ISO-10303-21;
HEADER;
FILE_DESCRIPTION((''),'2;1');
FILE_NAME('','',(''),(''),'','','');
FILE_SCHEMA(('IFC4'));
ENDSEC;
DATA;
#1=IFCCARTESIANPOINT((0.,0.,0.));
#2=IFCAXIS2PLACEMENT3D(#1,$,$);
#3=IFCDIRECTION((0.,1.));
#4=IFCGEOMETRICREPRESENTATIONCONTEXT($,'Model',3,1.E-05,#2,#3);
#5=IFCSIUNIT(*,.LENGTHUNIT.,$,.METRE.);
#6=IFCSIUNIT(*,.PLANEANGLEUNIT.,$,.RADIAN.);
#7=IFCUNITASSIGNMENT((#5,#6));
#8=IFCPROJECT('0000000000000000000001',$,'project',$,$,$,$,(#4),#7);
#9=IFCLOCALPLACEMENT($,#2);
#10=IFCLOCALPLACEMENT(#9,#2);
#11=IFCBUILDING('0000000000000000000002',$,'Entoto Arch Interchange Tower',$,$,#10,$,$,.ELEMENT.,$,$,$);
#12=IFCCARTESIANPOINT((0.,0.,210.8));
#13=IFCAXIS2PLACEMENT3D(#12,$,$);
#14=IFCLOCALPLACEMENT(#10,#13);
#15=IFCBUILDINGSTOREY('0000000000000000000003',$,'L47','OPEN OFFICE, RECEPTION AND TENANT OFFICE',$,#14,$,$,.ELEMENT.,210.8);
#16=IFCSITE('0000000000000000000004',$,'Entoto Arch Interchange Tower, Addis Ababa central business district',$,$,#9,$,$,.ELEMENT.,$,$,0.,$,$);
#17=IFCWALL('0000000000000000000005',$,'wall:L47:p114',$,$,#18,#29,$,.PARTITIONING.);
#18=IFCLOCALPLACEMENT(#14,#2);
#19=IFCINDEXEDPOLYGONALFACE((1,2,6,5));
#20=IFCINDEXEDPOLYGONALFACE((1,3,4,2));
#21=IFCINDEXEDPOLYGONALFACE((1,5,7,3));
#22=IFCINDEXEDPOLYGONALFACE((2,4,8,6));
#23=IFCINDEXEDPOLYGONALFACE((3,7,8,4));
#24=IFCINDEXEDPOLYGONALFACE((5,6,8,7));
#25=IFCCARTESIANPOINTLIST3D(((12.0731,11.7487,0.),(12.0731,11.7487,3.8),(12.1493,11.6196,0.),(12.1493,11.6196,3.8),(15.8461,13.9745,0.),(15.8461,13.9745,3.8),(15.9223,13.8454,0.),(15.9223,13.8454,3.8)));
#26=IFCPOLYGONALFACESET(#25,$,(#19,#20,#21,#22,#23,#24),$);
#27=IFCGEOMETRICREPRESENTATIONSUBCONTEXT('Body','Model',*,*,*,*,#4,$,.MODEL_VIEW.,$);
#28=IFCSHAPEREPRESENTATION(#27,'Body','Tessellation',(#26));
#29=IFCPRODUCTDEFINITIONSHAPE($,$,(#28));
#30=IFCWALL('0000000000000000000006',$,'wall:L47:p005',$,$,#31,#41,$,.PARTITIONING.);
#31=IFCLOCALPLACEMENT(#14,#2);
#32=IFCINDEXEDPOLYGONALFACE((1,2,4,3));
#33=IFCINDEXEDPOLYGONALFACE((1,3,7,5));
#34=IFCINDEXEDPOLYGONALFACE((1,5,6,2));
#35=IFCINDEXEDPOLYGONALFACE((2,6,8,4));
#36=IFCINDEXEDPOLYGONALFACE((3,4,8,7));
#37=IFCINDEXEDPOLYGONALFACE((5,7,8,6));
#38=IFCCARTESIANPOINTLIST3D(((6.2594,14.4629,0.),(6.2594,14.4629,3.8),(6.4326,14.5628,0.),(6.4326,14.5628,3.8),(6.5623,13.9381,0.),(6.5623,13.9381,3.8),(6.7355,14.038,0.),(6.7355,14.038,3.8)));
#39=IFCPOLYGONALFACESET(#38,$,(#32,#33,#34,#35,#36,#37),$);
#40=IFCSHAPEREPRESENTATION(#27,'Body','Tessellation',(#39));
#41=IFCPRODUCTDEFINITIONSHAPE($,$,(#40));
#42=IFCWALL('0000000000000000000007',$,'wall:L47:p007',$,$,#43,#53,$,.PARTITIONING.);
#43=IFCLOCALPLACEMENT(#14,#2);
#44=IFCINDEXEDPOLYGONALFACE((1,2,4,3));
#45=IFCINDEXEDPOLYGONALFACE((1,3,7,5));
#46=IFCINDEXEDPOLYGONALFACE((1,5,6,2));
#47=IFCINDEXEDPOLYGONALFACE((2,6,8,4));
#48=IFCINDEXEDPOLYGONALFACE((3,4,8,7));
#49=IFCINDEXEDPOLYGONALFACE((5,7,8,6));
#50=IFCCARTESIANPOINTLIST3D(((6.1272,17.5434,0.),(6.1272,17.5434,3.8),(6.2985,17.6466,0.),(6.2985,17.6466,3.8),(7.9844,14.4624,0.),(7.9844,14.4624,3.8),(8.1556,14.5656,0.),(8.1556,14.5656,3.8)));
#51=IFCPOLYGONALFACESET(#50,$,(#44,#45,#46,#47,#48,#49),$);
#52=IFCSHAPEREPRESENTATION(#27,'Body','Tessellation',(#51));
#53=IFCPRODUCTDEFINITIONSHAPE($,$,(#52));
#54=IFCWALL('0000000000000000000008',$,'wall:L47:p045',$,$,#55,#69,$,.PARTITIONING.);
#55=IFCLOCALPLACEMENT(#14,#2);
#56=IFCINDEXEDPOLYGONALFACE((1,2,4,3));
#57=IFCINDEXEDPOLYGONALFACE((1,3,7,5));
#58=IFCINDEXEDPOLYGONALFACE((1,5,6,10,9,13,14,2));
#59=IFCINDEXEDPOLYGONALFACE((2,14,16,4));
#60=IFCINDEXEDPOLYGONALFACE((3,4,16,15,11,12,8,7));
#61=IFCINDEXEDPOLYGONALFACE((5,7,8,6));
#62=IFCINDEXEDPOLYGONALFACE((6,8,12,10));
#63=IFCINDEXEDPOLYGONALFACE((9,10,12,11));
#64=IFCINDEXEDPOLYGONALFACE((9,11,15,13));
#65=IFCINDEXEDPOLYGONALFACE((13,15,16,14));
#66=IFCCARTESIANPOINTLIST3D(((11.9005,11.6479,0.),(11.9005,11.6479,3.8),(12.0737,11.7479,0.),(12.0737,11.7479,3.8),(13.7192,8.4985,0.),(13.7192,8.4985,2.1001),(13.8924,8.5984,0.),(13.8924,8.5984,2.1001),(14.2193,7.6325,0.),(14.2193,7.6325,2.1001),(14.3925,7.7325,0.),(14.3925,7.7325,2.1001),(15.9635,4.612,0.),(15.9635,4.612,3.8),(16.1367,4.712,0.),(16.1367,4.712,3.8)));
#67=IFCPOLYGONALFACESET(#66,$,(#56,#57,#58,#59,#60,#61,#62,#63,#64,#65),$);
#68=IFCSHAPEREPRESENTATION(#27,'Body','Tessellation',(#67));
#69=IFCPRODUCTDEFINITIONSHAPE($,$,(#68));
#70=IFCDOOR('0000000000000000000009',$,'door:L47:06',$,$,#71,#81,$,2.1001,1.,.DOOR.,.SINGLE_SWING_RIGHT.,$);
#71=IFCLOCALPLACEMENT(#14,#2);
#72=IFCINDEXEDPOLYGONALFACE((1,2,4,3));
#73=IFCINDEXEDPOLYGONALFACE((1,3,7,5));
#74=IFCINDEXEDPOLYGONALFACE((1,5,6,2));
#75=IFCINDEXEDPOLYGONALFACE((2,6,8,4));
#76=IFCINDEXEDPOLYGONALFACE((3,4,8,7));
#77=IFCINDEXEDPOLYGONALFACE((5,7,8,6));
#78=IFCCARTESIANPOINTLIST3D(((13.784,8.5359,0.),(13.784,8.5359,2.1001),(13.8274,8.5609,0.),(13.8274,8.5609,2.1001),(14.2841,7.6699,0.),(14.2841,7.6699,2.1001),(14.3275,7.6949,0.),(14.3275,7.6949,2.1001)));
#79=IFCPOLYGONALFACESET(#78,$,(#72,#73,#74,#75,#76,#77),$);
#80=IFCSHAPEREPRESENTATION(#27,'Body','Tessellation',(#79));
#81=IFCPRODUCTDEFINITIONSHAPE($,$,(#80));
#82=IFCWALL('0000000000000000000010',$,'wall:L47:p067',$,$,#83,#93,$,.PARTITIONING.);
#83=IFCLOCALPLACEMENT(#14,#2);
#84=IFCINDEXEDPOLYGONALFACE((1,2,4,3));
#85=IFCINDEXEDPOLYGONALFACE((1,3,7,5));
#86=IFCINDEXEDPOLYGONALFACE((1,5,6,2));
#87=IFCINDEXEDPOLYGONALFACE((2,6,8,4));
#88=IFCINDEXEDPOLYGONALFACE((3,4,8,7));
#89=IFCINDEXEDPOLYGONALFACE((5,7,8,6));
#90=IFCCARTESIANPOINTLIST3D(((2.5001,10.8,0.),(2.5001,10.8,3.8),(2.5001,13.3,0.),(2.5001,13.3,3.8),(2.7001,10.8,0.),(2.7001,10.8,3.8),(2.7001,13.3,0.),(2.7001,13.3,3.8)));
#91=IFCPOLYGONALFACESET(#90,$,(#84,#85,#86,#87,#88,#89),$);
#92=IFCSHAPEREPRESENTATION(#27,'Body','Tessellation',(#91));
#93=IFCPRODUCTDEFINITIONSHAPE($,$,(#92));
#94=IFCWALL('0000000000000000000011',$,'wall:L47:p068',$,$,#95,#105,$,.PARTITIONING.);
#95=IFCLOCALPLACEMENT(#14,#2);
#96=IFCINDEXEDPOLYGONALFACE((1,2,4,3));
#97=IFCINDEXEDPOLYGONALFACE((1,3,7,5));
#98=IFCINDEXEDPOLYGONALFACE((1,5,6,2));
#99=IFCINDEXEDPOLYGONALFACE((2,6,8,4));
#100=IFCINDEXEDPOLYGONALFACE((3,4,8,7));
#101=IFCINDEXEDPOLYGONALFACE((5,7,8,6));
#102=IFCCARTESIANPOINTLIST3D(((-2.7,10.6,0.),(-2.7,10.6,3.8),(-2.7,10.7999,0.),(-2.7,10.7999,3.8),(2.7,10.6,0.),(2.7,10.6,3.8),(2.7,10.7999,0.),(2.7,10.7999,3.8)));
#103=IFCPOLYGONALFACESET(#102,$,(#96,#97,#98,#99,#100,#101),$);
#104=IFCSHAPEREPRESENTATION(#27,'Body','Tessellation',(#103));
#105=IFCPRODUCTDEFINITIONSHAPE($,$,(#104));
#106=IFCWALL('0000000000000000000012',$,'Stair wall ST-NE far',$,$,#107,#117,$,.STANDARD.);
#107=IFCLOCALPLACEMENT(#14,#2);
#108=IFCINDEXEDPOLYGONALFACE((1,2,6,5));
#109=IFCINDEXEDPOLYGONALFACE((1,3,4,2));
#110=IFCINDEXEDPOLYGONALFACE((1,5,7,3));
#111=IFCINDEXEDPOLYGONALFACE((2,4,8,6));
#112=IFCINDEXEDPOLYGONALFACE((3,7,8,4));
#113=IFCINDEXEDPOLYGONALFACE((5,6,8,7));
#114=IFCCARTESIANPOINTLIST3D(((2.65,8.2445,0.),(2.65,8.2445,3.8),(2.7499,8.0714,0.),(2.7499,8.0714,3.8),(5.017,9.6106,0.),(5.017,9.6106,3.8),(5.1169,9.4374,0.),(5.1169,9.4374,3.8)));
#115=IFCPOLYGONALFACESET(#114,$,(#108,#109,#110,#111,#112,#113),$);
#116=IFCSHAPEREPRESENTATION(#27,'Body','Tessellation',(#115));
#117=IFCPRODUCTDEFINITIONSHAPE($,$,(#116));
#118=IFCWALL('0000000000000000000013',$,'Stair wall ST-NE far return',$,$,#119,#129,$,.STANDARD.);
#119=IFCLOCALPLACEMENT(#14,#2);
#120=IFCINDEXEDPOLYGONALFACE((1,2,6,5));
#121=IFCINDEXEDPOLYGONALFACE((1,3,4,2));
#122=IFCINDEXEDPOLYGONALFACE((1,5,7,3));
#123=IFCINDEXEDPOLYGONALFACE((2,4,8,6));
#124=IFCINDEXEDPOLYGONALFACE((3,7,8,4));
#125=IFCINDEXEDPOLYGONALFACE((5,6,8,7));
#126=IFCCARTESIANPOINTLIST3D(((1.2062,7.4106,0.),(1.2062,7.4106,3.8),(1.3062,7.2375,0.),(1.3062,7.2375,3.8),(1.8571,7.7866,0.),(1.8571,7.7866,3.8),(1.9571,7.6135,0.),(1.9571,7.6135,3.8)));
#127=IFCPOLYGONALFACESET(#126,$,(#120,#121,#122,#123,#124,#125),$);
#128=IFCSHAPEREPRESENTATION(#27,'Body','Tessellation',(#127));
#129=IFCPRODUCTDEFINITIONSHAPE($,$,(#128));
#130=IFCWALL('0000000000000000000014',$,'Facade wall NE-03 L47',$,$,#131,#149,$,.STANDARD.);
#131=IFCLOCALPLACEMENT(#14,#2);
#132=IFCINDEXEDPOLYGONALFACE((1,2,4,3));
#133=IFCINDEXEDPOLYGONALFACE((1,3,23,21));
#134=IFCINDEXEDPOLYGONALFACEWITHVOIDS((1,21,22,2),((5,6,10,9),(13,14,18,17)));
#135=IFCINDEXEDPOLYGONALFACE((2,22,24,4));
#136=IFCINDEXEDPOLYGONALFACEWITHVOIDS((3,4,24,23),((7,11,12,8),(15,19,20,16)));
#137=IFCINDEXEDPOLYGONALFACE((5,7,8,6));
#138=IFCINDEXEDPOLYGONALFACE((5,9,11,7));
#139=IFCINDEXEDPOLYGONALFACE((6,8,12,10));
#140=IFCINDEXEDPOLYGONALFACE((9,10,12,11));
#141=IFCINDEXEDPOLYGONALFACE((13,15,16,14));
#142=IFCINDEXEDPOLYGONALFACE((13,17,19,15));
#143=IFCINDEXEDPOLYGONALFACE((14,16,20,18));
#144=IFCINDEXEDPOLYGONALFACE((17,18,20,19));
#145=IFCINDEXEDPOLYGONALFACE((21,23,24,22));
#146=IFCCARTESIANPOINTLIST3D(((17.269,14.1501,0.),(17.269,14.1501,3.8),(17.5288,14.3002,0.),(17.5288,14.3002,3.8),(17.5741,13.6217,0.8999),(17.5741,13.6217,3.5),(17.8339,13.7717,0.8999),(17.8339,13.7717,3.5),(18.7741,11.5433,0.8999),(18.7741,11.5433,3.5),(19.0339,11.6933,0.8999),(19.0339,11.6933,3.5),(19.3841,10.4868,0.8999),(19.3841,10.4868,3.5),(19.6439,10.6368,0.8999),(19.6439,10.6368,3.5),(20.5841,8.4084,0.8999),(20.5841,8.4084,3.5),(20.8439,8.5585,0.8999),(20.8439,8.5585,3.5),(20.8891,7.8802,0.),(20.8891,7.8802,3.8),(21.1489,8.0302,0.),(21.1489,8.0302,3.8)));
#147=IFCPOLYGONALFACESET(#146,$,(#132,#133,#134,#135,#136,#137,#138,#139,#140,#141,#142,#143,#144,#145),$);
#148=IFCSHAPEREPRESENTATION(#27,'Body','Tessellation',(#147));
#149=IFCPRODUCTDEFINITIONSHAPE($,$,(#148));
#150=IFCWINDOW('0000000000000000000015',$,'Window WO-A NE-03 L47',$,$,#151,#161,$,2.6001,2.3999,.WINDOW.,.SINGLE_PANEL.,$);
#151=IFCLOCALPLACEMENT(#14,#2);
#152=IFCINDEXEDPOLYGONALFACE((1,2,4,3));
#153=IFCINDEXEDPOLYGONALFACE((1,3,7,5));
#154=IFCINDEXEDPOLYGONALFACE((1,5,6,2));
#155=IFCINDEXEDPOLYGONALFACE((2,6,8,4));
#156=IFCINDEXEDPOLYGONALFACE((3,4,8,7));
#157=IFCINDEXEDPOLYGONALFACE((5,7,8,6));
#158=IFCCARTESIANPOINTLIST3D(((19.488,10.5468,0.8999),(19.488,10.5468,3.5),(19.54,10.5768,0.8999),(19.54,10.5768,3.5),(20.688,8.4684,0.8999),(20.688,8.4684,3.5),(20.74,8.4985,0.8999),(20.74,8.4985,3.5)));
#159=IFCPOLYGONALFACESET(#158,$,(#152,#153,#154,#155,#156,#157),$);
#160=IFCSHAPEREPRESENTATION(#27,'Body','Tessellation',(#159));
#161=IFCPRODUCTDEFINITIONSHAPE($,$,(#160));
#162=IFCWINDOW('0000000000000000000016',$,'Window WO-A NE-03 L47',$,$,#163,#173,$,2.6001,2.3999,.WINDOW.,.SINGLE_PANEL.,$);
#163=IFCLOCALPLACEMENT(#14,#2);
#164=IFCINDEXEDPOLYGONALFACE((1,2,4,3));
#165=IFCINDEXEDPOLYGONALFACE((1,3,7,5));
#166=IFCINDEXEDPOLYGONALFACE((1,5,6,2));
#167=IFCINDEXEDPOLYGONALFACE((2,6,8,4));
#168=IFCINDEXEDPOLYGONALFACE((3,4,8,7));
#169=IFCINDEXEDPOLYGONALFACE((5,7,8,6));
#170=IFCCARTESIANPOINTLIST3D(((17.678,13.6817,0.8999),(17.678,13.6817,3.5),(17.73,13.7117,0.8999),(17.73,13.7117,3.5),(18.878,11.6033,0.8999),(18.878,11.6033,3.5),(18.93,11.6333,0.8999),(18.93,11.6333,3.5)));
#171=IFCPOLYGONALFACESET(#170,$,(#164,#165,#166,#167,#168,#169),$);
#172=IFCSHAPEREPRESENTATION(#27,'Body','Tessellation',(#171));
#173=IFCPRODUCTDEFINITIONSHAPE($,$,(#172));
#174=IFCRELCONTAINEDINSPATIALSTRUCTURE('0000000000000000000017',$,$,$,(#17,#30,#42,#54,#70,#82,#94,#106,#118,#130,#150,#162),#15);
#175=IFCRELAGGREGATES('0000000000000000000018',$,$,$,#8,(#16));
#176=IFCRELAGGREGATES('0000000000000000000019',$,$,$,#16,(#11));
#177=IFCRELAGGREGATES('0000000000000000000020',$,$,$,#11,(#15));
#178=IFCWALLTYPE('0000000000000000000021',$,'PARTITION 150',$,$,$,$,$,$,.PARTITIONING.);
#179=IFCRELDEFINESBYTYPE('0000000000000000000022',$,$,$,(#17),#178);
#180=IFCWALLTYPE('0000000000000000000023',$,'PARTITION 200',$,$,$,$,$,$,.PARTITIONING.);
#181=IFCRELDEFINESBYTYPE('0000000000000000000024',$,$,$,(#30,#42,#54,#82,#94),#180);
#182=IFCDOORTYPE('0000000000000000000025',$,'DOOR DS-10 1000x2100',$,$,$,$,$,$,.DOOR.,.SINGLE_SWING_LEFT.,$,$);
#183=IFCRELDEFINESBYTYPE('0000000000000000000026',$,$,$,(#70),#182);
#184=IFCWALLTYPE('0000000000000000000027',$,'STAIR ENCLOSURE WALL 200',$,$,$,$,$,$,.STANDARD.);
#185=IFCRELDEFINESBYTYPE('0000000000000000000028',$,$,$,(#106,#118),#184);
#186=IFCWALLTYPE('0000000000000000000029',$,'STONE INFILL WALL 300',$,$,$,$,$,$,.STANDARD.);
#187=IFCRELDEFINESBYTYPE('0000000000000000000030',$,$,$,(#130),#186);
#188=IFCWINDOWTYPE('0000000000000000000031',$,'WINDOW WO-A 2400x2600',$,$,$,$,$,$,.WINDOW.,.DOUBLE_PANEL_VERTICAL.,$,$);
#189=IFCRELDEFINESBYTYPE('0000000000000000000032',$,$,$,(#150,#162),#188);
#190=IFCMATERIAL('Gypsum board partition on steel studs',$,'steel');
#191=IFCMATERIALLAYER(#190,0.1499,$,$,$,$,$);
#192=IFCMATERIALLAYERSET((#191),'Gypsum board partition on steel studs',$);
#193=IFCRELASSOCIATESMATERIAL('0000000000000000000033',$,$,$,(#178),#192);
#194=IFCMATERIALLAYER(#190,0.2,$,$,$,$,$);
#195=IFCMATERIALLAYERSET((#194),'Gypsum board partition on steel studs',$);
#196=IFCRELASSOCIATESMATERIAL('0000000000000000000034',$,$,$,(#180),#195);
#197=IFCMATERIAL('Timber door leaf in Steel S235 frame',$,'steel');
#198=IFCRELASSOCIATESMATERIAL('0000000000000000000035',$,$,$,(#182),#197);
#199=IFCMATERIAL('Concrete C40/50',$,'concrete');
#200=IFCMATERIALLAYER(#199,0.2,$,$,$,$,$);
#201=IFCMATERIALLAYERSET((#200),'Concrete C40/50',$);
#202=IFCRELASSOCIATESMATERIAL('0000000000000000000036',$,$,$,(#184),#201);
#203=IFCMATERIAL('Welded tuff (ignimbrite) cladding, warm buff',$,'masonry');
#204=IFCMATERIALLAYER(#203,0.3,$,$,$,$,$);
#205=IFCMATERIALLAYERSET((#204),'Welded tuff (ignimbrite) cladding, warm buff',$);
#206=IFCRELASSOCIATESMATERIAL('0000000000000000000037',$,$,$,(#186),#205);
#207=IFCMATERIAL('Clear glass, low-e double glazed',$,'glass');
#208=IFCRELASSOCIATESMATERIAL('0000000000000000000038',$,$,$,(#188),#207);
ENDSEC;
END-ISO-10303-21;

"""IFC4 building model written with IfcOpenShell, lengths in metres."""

from ifc_helpers import new_model, si_unit, direction, frame, frame_2d, origin, place, context, subcontext, project, spatial, rectangle, extrude, material, layer, layer_set, type_object, element, fill, save


model = new_model("IFC4")

# Units and contexts
model_context = context("Model", 3, precision=1e-05, world=origin(), true_north=direction((0.0, 1.0)))
body_context = subcontext(model_context, "Body", "Model", "MODEL_VIEW")
ifc_project = project(units=[si_unit("LENGTHUNIT", "METRE"), si_unit("PLANEANGLEUNIT", "RADIAN")], contexts=[model_context])

# Site, building, storey
site_placement = place(None, origin())
site = spatial("IfcSite", under=ifc_project, at=site_placement, Name="Entoto Arch Interchange Tower, Addis Ababa central business district", CompositionType="ELEMENT", RefElevation=0.0)
building_placement = place(site_placement, origin())
building = spatial("IfcBuilding", under=site, at=building_placement, Name="Entoto Arch Interchange Tower", CompositionType="ELEMENT")
storey_placement = place(building_placement, frame((0.0, 0.0, 210.8)))
storey = spatial("IfcBuildingStorey", under=building, at=storey_placement, Name="L47", Description="OPEN OFFICE, RECEPTION AND TENANT OFFICE", CompositionType="ELEMENT", Elevation=210.8)

# Shared definitions
ifc_material_1 = material(Name="Concrete C40/50", Category="concrete")

# Walls
ifc_material_2 = material(Name="Gypsum board partition on steel studs", Category="steel")
ifc_layer_1 = layer(ifc_material_2, 0.1499)
ifc_layer_set_1 = layer_set([ifc_layer_1], Name="Gypsum board partition on steel studs")
wall_type_1 = type_object("IfcWallType", Name="PARTITION 150", PredefinedType="PARTITIONING", material=ifc_layer_set_1)
wall_1_placement = place(storey_placement, frame((12.1111, 11.6841, 0.0), z_axis=(0.0, 0.0, 1.0), x_axis=(0.86129, 0.508113, 0.0)))
element("IfcWall", 1, at=wall_1_placement, inside=storey, type_object=wall_type_1, Name="wall:L47:p114", PredefinedType="PARTITIONING", context=body_context, shape_type="SweptSolid", body=[
    extrude(rectangle(XDim=4.3806, YDim=0.1499, at=frame_2d((2.1904, 0.0))), origin(), (0.0, 0.0, 1.0), 3.8),
])
ifc_layer_2 = layer(ifc_material_2, 0.2)
ifc_layer_set_2 = layer_set([ifc_layer_2], Name="Gypsum board partition on steel studs")
wall_type_2 = type_object("IfcWallType", Name="PARTITION 200", PredefinedType="PARTITIONING", material=ifc_layer_set_2)
wall_2_placement = place(storey_placement, frame((6.6489, 13.988, 0.0), z_axis=(0.0, 0.0, 1.0), x_axis=(-0.499908, 0.866078, 0.0)))
element("IfcWall", 2, at=wall_2_placement, inside=storey, type_object=wall_type_2, Name="wall:L47:p005", PredefinedType="PARTITIONING", context=body_context, shape_type="SweptSolid", body=[
    extrude(rectangle(XDim=0.606, YDim=0.2, at=frame_2d((0.303, 0.0))), origin(), (0.0, 0.0, 1.0), 3.8),
])
wall_3_placement = place(storey_placement, frame((8.0701, 14.5139, 0.0), z_axis=(0.0, 0.0, 1.0), x_axis=(-0.516241, 0.856443, 0.0)))
element("IfcWall", 3, at=wall_3_placement, inside=storey, type_object=wall_type_2, Name="wall:L47:p007", PredefinedType="PARTITIONING", context=body_context, shape_type="SweptSolid", body=[
    extrude(rectangle(XDim=3.5974, YDim=0.2, at=frame_2d((1.7988, 0.0))), origin(), (0.0, 0.0, 1.0), 3.8),
])

# Wall, opening, door
wall_4_placement = place(storey_placement, frame((11.9871, 11.698, 0.0), z_axis=(0.0, 0.0, 1.0), x_axis=(0.500075, -0.865982, 0.0)))
wall_4 = element("IfcWall", 4, at=wall_4_placement, inside=storey, type_object=wall_type_2, Name="wall:L47:p045", PredefinedType="PARTITIONING", context=body_context, shape_type="SweptSolid", body=[
    extrude(rectangle(XDim=8.1248, YDim=0.2, at=frame_2d((4.0625, 0.0))), origin(), (0.0, 0.0, 1.0), 3.8),
])
opening_1_placement = place(wall_4_placement, frame((3.637, 0.0, 0.0)))
opening_1 = element("IfcOpeningElement", 5, at=opening_1_placement, cuts=wall_4, PredefinedType="OPENING", context=body_context, shape_type="SweptSolid", body=[
    extrude(rectangle(XDim=1.0, YDim=2.1001, at=frame_2d((0.5, 1.05))), frame((0.0, 0.1099, 0.0), z_axis=(0.0, -1.0, 0.0), x_axis=(1.0, 0.0, 0.0)), (0.0, 0.0, 1.0), 0.22),
])
ifc_material_3 = material(Name="Timber door leaf in Steel S235 frame", Category="steel")
door_type_1 = type_object("IfcDoorType", Name="DOOR DS-10 1000x2100", OperationType="SINGLE_SWING_LEFT", PredefinedType="DOOR", material=ifc_material_3)
door_1_placement = place(opening_1_placement, origin())
door_1 = element("IfcDoor", 6, at=door_1_placement, inside=storey, type_object=door_type_1, Name="door:L47:06", OperationType="SINGLE_SWING_RIGHT", OverallHeight=2.1001, OverallWidth=1.0, PredefinedType="DOOR", context=body_context, shape_type="SweptSolid", body=[
    extrude(rectangle(XDim=1.0, YDim=2.1001, at=frame_2d((0.5, 1.05))), frame((0.0, 0.0249, 0.0), z_axis=(0.0, -1.0, 0.0), x_axis=(1.0, 0.0, 0.0)), (0.0, 0.0, 1.0), 0.05),
])
fill(opening_1, door_1)

# Walls
wall_5_placement = place(storey_placement, frame((2.6001, 13.3, 0.0), z_axis=(0.0, 0.0, 1.0), x_axis=(0.0, -1.0, 0.0)))
element("IfcWall", 7, at=wall_5_placement, inside=storey, type_object=wall_type_2, Name="wall:L47:p067", PredefinedType="PARTITIONING", context=body_context, shape_type="SweptSolid", body=[
    extrude(rectangle(XDim=2.5, YDim=0.2, at=frame_2d((1.25, 0.0))), origin(), (0.0, 0.0, 1.0), 3.8),
])
wall_6_placement = place(storey_placement, frame((2.7, 10.7, 0.0), z_axis=(0.0, 0.0, 1.0), x_axis=(-1.0, 0.0, 0.0)))
element("IfcWall", 8, at=wall_6_placement, inside=storey, type_object=wall_type_2, Name="wall:L47:p068", PredefinedType="PARTITIONING", context=body_context, shape_type="SweptSolid", body=[
    extrude(rectangle(XDim=5.3999, YDim=0.2, at=frame_2d((2.7, 0.0))), origin(), (0.0, 0.0, 1.0), 3.8),
])
ifc_layer_3 = layer(ifc_material_1, 0.2)
ifc_layer_set_3 = layer_set([ifc_layer_3], Name="Concrete C40/50")
wall_type_3 = type_object("IfcWallType", Name="STAIR ENCLOSURE WALL 200", PredefinedType="STANDARD", material=ifc_layer_set_3)
wall_7_placement = place(storey_placement, frame((2.7, 8.158, 0.0), z_axis=(0.0, 0.0, 1.0), x_axis=(0.866119, 0.499838, 0.0)))
element("IfcWall", 9, at=wall_7_placement, inside=storey, type_object=wall_type_3, Name="Stair wall ST-NE far", PredefinedType="STANDARD", context=body_context, shape_type="SweptSolid", body=[
    extrude(rectangle(XDim=2.7329, YDim=0.2, at=frame_2d((1.3665, 0.0))), origin(), (0.0, 0.0, 1.0), 3.8),
])
wall_8_placement = place(storey_placement, frame((1.2561, 7.324, 0.0), z_axis=(0.0, 0.0, 1.0), x_axis=(0.865915, 0.500191, 0.0)))
element("IfcWall", 10, at=wall_8_placement, inside=storey, type_object=wall_type_3, Name="Stair wall ST-NE far return", PredefinedType="STANDARD", context=body_context, shape_type="SweptSolid", body=[
    extrude(rectangle(XDim=0.7517, YDim=0.2, at=frame_2d((0.376, 0.0))), origin(), (0.0, 0.0, 1.0), 3.8),
])

# Wall, openings, windows
ifc_material_4 = material(Name="Welded tuff (ignimbrite) cladding, warm buff", Category="masonry")
ifc_layer_4 = layer(ifc_material_4, 0.3)
ifc_layer_set_4 = layer_set([ifc_layer_4], Name="Welded tuff (ignimbrite) cladding, warm buff")
wall_type_4 = type_object("IfcWallType", Name="STONE INFILL WALL 300", PredefinedType="STANDARD", material=ifc_layer_set_4)
wall_9_placement = place(storey_placement, frame((21.019, 7.9551, 0.0), z_axis=(0.0, 0.0, 1.0), x_axis=(-0.500012, 0.866018, 0.0)))
wall_9 = element("IfcWall", 11, at=wall_9_placement, inside=storey, type_object=wall_type_4, Name="Facade wall NE-03 L47", PredefinedType="STANDARD", context=body_context, shape_type="SweptSolid", body=[
    extrude(rectangle(XDim=7.24, YDim=0.3, at=frame_2d((3.6201, 0.0))), origin(), (0.0, 0.0, 1.0), 3.8),
])
opening_2_placement = place(wall_9_placement, frame((0.6101, 0.0, 0.8999)))
opening_2 = element("IfcOpeningElement", 12, at=opening_2_placement, cuts=wall_9, PredefinedType="OPENING", context=body_context, shape_type="SweptSolid", body=[
    extrude(rectangle(XDim=2.3999, YDim=2.6001, at=frame_2d((1.2, 1.3))), frame((0.0, 0.1602, 0.0), z_axis=(0.0, -1.0, 0.0), x_axis=(1.0, 0.0, 0.0)), (0.0, 0.0, 1.0), 0.3201),
])
opening_3_placement = place(wall_9_placement, frame((4.23, 0.0, 0.8999)))
opening_3 = element("IfcOpeningElement", 13, at=opening_3_placement, cuts=wall_9, PredefinedType="OPENING", context=body_context, shape_type="SweptSolid", body=[
    extrude(rectangle(XDim=2.3999, YDim=2.6001, at=frame_2d((1.2, 1.3))), frame((0.0, 0.1602, 0.0), z_axis=(0.0, -1.0, 0.0), x_axis=(1.0, 0.0, 0.0)), (0.0, 0.0, 1.0), 0.3201),
])
ifc_material_5 = material(Name="Clear glass, low-e double glazed", Category="glass")
window_type = type_object("IfcWindowType", Name="WINDOW WO-A 2400x2600", PartitioningType="DOUBLE_PANEL_VERTICAL", PredefinedType="WINDOW", material=ifc_material_5)
window_1_placement = place(opening_2_placement, origin())
window_1 = element("IfcWindow", 14, at=window_1_placement, inside=storey, type_object=window_type, Name="Window WO-A NE-03 L47", OverallHeight=2.6001, OverallWidth=2.3999, PartitioningType="SINGLE_PANEL", PredefinedType="WINDOW", context=body_context, shape_type="SweptSolid", body=[
    extrude(rectangle(XDim=2.3999, YDim=2.6001, at=frame_2d((1.2, 1.3))), frame((0.0, 0.03, 0.0), z_axis=(0.0, -1.0, 0.0), x_axis=(1.0, 0.0, 0.0)), (0.0, 0.0, 1.0), 0.0601),
])
fill(opening_2, window_1)
window_2_placement = place(opening_3_placement, origin())
window_2 = element("IfcWindow", 15, at=window_2_placement, inside=storey, type_object=window_type, Name="Window WO-A NE-03 L47", OverallHeight=2.6001, OverallWidth=2.3999, PartitioningType="SINGLE_PANEL", PredefinedType="WINDOW", context=body_context, shape_type="SweptSolid", body=[
    extrude(rectangle(XDim=2.3999, YDim=2.6001, at=frame_2d((1.2, 1.3))), frame((0.0, 0.03, 0.0), z_axis=(0.0, -1.0, 0.0), x_axis=(1.0, 0.0, 0.0)), (0.0, 0.0, 1.0), 0.0601),
])
fill(opening_3, window_2)

save(model, "model.ifc")
